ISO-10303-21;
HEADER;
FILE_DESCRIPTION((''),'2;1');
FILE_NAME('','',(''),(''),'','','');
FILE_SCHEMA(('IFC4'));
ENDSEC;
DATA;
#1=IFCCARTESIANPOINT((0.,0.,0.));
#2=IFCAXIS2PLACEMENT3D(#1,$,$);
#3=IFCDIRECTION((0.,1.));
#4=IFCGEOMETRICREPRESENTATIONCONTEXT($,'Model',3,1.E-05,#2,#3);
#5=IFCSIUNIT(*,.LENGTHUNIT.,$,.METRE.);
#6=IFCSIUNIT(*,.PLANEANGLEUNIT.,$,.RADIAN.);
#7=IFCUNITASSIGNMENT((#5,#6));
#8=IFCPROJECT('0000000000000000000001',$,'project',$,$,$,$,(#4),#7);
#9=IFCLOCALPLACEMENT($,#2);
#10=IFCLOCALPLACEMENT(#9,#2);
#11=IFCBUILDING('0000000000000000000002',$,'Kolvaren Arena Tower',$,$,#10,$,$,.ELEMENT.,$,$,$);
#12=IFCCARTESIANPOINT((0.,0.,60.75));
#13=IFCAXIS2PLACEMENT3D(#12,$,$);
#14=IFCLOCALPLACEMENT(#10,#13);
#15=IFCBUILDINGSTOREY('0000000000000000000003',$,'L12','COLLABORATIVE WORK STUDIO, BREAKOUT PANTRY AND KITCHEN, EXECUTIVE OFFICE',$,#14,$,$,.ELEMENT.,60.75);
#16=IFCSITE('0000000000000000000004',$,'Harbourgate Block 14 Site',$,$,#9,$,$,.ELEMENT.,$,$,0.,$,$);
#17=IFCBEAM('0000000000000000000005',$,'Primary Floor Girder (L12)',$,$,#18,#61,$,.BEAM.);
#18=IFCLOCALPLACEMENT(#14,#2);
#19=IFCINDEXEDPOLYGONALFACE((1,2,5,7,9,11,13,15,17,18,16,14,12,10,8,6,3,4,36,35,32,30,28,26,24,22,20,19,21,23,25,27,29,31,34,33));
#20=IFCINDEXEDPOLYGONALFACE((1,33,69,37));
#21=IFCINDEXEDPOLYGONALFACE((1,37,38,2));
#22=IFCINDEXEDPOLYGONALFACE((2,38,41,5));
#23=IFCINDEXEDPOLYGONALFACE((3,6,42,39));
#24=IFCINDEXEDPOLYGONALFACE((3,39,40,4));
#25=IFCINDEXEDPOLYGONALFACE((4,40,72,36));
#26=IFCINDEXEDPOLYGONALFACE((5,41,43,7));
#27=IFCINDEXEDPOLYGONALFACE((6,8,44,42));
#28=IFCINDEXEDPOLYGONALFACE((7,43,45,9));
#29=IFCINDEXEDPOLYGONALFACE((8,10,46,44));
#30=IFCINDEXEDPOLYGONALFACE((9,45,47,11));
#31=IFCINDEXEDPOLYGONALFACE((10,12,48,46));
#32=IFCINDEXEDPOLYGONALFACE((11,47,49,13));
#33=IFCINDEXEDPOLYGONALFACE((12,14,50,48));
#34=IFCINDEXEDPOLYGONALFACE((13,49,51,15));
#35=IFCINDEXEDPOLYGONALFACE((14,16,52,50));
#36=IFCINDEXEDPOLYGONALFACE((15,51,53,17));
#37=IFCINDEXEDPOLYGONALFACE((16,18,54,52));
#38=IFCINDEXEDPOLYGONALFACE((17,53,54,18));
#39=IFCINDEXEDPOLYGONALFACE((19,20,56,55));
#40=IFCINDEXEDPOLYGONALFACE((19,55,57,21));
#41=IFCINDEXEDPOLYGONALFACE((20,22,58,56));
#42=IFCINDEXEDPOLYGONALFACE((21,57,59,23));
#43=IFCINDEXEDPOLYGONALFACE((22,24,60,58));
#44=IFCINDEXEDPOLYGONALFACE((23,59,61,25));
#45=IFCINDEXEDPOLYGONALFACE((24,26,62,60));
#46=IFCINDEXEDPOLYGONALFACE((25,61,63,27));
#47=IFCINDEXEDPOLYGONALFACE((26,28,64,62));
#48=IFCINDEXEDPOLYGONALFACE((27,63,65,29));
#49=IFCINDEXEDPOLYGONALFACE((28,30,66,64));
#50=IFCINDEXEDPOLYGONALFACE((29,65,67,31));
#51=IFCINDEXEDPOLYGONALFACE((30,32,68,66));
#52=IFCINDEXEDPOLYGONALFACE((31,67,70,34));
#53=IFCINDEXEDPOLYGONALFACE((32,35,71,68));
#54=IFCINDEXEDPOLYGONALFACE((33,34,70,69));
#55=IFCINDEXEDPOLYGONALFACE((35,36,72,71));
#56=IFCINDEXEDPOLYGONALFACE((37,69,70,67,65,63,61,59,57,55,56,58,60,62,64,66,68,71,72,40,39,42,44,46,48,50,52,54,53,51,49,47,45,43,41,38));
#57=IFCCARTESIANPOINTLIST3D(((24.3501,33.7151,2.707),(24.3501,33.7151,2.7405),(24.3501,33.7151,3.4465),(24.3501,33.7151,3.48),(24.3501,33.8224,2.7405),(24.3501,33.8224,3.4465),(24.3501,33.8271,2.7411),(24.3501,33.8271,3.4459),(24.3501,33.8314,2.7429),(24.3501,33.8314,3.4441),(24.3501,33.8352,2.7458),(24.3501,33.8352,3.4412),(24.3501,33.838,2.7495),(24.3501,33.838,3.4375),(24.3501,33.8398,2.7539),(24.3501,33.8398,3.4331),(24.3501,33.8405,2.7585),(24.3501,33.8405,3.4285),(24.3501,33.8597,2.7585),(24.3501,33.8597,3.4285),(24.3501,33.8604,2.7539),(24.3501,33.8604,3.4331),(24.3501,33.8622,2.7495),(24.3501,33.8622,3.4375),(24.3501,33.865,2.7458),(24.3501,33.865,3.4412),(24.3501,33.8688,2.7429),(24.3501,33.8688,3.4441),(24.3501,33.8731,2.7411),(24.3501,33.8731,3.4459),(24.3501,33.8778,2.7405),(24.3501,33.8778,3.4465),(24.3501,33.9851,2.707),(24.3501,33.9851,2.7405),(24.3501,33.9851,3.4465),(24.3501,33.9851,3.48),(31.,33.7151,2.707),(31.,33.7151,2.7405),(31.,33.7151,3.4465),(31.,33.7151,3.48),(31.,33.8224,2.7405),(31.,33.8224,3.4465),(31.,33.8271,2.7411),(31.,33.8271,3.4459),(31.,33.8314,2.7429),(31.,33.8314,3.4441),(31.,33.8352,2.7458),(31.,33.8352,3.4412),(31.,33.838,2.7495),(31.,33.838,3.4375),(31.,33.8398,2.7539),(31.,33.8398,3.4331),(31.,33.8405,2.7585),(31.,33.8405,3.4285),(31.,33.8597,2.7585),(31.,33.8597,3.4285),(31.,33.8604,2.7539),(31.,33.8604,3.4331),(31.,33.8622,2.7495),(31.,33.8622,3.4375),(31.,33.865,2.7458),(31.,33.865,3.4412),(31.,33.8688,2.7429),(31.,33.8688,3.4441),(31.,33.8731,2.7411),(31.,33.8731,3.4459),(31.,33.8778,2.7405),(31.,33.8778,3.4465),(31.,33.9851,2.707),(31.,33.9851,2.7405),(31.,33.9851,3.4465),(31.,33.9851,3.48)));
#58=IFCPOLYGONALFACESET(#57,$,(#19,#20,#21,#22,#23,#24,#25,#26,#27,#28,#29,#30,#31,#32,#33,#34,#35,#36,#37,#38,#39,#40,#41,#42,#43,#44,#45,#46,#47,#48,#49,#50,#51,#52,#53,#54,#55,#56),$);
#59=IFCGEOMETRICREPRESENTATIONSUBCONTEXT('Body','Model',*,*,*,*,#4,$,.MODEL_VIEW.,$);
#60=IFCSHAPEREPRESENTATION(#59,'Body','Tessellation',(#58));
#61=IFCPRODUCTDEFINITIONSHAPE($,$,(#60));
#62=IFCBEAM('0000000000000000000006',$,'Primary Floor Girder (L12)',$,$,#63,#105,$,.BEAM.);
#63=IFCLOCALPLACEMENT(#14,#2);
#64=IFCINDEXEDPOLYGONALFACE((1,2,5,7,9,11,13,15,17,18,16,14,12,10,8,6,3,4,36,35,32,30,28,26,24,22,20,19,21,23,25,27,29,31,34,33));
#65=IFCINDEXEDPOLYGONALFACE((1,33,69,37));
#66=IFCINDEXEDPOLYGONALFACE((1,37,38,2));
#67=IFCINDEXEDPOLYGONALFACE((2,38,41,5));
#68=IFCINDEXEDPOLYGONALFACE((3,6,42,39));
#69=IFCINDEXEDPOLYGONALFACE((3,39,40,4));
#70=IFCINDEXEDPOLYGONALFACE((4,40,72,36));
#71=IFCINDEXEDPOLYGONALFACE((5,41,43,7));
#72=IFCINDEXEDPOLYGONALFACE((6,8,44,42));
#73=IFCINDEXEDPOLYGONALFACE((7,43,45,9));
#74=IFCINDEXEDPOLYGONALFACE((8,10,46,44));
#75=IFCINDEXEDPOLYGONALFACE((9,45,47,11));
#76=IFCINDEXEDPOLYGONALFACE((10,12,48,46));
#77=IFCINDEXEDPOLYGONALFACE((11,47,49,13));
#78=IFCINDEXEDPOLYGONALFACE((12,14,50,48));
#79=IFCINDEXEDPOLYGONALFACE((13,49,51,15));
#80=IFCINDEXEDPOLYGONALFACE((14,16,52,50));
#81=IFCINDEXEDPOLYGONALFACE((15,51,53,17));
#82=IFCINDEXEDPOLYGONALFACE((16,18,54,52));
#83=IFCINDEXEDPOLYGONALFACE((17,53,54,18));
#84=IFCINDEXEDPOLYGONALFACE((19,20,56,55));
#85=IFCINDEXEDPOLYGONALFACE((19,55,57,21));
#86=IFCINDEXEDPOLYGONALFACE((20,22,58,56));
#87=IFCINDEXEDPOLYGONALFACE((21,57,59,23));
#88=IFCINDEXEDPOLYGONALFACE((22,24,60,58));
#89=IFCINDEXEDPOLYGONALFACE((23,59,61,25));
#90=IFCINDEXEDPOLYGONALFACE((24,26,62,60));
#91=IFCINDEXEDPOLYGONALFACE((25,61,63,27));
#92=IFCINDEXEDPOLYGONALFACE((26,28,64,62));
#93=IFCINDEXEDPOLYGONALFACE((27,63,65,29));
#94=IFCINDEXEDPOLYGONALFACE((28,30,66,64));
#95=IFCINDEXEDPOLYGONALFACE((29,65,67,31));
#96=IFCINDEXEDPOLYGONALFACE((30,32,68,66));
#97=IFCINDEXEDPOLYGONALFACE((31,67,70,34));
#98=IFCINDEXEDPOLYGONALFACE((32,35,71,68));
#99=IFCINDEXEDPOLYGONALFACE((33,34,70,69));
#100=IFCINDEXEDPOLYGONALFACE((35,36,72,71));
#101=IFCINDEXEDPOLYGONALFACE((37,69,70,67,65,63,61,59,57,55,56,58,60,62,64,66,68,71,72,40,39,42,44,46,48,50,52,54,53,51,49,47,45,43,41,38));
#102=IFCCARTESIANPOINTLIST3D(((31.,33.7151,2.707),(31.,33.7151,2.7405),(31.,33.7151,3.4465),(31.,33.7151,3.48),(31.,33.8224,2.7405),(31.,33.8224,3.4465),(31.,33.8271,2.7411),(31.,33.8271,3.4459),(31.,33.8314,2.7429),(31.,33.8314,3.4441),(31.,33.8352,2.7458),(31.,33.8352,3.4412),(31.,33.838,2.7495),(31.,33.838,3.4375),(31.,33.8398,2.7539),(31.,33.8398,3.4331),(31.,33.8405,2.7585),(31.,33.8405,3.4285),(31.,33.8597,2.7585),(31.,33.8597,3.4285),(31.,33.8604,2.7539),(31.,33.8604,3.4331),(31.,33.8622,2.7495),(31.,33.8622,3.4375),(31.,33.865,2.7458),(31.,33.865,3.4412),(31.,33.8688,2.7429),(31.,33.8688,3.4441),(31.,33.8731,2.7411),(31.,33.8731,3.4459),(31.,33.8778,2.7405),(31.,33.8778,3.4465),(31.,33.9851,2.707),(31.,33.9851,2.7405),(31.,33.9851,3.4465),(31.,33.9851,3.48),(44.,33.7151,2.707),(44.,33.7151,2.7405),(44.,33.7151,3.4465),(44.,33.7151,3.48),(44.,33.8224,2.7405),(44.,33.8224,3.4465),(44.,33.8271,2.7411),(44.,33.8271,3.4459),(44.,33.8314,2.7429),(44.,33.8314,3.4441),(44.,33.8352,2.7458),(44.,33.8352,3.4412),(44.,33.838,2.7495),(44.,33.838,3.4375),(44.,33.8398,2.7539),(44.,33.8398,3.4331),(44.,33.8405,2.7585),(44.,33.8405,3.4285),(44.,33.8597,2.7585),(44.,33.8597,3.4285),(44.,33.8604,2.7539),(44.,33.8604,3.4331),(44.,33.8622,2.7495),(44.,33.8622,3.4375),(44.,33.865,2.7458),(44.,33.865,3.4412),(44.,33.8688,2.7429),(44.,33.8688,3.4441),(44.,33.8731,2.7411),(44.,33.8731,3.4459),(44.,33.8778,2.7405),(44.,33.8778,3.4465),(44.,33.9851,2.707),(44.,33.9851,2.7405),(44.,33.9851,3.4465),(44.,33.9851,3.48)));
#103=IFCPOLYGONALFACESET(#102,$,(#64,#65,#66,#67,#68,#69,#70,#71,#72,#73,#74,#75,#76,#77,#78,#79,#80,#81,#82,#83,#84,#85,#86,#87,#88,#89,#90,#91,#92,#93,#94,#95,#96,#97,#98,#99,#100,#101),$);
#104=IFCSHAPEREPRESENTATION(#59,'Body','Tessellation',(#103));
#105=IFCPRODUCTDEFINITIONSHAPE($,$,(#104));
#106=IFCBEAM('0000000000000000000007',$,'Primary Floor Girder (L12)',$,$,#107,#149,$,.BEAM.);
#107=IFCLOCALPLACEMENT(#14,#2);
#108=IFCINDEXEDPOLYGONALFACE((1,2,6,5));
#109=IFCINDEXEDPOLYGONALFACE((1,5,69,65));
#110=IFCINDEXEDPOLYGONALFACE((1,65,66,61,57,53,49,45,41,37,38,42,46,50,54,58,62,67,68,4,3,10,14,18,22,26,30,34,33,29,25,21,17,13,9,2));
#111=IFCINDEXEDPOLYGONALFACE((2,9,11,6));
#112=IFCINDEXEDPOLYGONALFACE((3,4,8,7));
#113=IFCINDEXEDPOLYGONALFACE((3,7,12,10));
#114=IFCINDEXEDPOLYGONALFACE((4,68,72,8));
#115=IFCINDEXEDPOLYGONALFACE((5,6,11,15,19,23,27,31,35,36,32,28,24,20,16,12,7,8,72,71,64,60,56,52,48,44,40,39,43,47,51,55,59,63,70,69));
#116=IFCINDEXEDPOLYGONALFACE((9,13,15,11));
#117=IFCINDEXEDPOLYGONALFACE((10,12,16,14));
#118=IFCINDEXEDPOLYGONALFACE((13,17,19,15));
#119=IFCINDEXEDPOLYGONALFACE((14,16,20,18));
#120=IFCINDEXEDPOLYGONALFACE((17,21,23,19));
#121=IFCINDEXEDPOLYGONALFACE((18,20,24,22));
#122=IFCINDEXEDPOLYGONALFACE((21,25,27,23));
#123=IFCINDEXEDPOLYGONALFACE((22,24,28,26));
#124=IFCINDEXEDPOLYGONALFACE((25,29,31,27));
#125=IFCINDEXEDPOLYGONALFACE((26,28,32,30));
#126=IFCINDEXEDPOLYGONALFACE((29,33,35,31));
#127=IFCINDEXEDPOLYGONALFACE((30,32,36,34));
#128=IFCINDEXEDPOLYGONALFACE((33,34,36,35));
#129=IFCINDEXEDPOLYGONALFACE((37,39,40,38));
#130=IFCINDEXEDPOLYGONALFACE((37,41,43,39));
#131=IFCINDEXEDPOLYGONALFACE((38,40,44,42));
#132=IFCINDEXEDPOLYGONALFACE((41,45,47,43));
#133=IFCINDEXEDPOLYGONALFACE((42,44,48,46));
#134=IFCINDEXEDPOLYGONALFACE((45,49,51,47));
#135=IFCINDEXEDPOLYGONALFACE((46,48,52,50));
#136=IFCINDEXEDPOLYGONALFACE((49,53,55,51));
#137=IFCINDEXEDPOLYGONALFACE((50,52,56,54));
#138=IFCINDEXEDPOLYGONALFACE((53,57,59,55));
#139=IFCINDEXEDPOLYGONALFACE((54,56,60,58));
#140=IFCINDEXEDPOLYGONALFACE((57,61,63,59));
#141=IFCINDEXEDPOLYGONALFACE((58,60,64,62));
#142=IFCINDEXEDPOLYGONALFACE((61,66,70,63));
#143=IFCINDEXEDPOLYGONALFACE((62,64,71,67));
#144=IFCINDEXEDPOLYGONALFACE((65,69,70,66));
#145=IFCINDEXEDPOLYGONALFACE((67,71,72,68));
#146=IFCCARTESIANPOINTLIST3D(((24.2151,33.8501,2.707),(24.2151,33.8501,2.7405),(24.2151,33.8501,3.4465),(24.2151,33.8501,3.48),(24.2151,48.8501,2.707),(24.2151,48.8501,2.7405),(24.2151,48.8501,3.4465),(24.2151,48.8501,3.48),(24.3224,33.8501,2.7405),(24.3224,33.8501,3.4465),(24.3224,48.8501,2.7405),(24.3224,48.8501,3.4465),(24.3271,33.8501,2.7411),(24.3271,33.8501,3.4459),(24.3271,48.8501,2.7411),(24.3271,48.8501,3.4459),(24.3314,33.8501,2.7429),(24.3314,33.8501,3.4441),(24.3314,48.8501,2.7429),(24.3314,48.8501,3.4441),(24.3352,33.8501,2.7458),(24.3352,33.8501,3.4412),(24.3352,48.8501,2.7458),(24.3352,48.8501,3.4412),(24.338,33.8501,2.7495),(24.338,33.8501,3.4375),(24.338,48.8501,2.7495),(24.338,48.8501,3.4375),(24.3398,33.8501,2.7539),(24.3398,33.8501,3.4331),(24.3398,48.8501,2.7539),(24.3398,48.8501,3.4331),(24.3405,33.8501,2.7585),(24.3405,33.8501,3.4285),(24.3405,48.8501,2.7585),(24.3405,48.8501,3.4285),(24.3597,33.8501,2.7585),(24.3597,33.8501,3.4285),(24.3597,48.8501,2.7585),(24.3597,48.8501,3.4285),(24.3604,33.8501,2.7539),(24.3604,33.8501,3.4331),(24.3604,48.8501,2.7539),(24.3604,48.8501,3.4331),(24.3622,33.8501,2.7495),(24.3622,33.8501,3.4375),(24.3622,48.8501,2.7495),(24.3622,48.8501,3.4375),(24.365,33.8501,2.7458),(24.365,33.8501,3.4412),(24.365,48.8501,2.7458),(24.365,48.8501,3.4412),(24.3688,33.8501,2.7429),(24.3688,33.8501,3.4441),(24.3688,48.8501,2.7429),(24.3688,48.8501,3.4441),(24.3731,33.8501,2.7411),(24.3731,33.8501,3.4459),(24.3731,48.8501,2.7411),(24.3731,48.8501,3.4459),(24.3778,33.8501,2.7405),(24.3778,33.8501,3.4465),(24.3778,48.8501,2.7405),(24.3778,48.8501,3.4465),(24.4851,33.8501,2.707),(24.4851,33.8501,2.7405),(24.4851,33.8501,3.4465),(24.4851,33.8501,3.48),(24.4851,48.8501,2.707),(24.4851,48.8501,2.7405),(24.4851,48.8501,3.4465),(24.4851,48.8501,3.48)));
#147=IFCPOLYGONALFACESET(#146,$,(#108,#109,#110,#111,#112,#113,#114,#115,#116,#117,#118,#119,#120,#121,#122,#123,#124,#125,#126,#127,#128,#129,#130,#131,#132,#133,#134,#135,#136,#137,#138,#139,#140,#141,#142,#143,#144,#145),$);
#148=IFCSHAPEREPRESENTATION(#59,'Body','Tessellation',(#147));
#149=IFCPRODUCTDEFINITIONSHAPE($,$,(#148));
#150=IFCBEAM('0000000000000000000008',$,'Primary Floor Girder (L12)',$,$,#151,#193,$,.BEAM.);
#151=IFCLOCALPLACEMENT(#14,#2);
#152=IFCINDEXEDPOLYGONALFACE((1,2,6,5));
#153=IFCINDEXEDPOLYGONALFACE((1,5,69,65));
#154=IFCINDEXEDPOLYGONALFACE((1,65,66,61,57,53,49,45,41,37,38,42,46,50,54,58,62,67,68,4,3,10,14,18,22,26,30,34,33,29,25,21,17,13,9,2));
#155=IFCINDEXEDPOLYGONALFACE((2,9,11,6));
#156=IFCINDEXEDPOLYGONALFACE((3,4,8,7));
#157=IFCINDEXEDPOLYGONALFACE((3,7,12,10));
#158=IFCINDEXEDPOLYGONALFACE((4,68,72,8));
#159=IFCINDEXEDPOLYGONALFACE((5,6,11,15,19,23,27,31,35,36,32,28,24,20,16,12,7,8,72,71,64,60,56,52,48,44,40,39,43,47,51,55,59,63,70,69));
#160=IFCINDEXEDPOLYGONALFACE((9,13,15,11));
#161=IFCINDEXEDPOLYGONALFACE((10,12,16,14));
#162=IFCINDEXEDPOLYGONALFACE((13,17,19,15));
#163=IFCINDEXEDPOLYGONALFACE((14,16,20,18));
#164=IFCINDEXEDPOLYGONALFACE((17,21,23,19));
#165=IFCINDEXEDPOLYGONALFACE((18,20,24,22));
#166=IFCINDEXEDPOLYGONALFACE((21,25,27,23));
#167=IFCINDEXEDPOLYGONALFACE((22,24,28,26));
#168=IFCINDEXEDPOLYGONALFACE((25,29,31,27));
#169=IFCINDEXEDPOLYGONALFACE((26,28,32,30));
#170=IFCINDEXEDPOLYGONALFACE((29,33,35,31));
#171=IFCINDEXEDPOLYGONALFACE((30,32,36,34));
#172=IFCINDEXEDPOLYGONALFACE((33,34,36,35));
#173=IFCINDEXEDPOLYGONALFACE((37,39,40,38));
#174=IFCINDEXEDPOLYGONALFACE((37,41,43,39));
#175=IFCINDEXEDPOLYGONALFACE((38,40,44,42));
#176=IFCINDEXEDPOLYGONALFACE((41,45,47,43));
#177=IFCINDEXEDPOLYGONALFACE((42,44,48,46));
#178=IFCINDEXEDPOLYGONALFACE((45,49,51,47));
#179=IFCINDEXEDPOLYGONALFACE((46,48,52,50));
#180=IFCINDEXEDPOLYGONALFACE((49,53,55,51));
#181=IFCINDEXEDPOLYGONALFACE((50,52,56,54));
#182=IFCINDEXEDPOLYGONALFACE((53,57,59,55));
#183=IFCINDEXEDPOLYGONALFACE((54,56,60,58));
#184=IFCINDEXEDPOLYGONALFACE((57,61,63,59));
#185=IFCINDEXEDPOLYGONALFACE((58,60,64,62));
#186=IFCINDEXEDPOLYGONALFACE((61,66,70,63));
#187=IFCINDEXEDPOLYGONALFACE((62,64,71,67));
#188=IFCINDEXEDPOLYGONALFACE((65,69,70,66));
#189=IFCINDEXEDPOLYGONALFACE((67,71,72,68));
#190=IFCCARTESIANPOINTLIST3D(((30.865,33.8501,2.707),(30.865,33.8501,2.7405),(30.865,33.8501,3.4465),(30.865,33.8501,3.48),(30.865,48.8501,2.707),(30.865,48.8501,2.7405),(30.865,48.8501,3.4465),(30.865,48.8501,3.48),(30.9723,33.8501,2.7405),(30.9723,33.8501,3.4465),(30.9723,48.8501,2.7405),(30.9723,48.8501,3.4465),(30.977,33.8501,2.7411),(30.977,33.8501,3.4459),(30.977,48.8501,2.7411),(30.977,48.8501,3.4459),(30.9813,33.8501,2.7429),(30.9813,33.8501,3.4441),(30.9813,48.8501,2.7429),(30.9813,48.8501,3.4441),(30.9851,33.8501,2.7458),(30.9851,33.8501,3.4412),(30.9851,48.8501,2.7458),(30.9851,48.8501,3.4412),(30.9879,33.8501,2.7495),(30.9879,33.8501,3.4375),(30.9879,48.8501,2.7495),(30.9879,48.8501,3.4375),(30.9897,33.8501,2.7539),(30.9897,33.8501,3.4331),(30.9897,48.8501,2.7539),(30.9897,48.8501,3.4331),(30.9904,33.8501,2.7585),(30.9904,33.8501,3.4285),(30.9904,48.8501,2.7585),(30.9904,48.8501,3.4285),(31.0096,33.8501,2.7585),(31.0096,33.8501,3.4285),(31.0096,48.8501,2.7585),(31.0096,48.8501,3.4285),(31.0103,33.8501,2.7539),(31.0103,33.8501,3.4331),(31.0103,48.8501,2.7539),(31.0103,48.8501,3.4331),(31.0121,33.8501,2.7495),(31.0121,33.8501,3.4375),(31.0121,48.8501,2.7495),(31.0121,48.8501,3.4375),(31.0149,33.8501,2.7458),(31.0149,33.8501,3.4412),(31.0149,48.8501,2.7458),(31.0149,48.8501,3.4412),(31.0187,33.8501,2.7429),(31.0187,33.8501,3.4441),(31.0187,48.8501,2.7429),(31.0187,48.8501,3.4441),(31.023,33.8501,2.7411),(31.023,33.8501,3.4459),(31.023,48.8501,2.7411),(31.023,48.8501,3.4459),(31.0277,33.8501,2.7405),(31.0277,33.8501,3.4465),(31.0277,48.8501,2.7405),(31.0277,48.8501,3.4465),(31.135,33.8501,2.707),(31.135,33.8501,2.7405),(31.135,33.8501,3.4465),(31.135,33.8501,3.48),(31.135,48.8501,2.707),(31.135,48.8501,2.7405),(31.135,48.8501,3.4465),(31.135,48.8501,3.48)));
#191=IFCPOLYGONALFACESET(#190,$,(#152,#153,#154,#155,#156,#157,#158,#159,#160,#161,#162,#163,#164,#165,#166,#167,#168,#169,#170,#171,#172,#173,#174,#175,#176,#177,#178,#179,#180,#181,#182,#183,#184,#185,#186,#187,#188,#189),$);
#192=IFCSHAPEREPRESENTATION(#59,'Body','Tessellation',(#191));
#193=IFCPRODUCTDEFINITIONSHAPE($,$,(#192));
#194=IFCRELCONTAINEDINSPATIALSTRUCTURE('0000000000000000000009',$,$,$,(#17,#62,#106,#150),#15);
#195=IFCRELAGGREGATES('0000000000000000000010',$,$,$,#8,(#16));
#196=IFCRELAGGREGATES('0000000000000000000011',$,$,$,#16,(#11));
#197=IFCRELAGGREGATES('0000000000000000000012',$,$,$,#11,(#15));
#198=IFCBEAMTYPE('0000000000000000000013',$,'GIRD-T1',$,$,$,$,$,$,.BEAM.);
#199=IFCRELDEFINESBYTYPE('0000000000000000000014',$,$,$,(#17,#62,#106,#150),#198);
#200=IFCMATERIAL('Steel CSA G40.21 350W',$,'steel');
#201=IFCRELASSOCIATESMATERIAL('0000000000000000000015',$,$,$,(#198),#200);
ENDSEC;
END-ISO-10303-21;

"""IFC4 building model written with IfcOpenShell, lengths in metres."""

from ifc_helpers import new_model, si_unit, direction, frame, origin, origin_2d, place, context, subcontext, project, spatial, i_section, extrude, material, material_profile, profile_set, type_object, element, save


model = new_model("IFC4")

# Units and contexts
model_context = context("Model", 3, precision=1e-05, world=origin(), true_north=direction((0.0, 1.0)))
body_context = subcontext(model_context, "Body", "Model", "MODEL_VIEW")
ifc_project = project(units=[si_unit("LENGTHUNIT", "METRE"), si_unit("PLANEANGLEUNIT", "RADIAN")], contexts=[model_context])

# Site, building, storey
site_placement = place(None, origin())
site = spatial("IfcSite", under=ifc_project, at=site_placement, Name="Harbourgate Block 14 Site", CompositionType="ELEMENT", RefElevation=0.0)
building_placement = place(site_placement, origin())
building = spatial("IfcBuilding", under=site, at=building_placement, Name="Kolvaren Arena Tower", CompositionType="ELEMENT")
storey_placement = place(building_placement, frame((0.0, 0.0, 60.75)))
storey = spatial("IfcBuildingStorey", under=building, at=storey_placement, Name="L12", Description="COLLABORATIVE WORK STUDIO, BREAKOUT PANTRY AND KITCHEN, EXECUTIVE OFFICE", CompositionType="ELEMENT", Elevation=60.75)

# Beams
ifc_material_1 = material(Name="Steel CSA G40.21 350W", Category="steel")
ifc_material_profile_1 = material_profile(ifc_material_1, i_section(OverallWidth=0.27, OverallDepth=0.7729, WebThickness=0.0193, FlangeThickness=0.0334, FilletRadius=0.0181, at=origin_2d()), Name="W760x257")
ifc_profile_set_1 = profile_set([ifc_material_profile_1], Name="Steel CSA G40.21 350W")
beam_type_1 = type_object("IfcBeamType", Name="GIRD-T1", PredefinedType="BEAM", material=ifc_profile_set_1)
beam_1_placement = place(storey_placement, frame((24.3501, 33.8501, 3.0935), z_axis=(1.0, 0.0, 0.0), x_axis=(0.0, 1.0, 0.0)))
element("IfcBeam", 1, at=beam_1_placement, inside=storey, type_object=beam_type_1, Name="Primary Floor Girder (L12)", PredefinedType="BEAM", context=body_context, shape_type="SweptSolid", body=[
    extrude(i_section(OverallWidth=0.27, OverallDepth=0.7729, WebThickness=0.0193, FlangeThickness=0.0334, FilletRadius=0.0181, at=origin_2d()), origin(), (0.0, 0.0, 1.0), 6.6499),
])
beam_2_placement = place(storey_placement, frame((31.0, 33.8501, 3.0935), z_axis=(1.0, 0.0, 0.0), x_axis=(0.0, 1.0, 0.0)))
element("IfcBeam", 2, at=beam_2_placement, inside=storey, type_object=beam_type_1, Name="Primary Floor Girder (L12)", PredefinedType="BEAM", context=body_context, shape_type="SweptSolid", body=[
    extrude(i_section(OverallWidth=0.27, OverallDepth=0.7729, WebThickness=0.0193, FlangeThickness=0.0334, FilletRadius=0.0181, at=origin_2d()), origin(), (0.0, 0.0, 1.0), 13.0),
])
for number, where, z_axis, x_axis, name in (
    (3, (24.3501, 33.8501, 3.0935), (0.0, 1.0, 0.0), (-1.0, 0.0, 0.0), "Primary Floor Girder (L12)"),
    (4, (31.0, 33.8501, 3.0935), (0.0, 1.0, 0.0), (-1.0, 0.0, 0.0), "Primary Floor Girder (L12)"),
):
    element("IfcBeam", number, at=place(storey_placement, frame(where, z_axis=z_axis, x_axis=x_axis)), inside=storey, type_object=beam_type_1, Name=name, PredefinedType="BEAM", context=body_context, shape_type="SweptSolid", body=[
        extrude(i_section(OverallWidth=0.27, OverallDepth=0.7729, WebThickness=0.0193, FlangeThickness=0.0334, FilletRadius=0.0181, at=origin_2d()), origin(), (0.0, 0.0, 1.0), 15.0),
    ])

save(model, "model.ifc")
